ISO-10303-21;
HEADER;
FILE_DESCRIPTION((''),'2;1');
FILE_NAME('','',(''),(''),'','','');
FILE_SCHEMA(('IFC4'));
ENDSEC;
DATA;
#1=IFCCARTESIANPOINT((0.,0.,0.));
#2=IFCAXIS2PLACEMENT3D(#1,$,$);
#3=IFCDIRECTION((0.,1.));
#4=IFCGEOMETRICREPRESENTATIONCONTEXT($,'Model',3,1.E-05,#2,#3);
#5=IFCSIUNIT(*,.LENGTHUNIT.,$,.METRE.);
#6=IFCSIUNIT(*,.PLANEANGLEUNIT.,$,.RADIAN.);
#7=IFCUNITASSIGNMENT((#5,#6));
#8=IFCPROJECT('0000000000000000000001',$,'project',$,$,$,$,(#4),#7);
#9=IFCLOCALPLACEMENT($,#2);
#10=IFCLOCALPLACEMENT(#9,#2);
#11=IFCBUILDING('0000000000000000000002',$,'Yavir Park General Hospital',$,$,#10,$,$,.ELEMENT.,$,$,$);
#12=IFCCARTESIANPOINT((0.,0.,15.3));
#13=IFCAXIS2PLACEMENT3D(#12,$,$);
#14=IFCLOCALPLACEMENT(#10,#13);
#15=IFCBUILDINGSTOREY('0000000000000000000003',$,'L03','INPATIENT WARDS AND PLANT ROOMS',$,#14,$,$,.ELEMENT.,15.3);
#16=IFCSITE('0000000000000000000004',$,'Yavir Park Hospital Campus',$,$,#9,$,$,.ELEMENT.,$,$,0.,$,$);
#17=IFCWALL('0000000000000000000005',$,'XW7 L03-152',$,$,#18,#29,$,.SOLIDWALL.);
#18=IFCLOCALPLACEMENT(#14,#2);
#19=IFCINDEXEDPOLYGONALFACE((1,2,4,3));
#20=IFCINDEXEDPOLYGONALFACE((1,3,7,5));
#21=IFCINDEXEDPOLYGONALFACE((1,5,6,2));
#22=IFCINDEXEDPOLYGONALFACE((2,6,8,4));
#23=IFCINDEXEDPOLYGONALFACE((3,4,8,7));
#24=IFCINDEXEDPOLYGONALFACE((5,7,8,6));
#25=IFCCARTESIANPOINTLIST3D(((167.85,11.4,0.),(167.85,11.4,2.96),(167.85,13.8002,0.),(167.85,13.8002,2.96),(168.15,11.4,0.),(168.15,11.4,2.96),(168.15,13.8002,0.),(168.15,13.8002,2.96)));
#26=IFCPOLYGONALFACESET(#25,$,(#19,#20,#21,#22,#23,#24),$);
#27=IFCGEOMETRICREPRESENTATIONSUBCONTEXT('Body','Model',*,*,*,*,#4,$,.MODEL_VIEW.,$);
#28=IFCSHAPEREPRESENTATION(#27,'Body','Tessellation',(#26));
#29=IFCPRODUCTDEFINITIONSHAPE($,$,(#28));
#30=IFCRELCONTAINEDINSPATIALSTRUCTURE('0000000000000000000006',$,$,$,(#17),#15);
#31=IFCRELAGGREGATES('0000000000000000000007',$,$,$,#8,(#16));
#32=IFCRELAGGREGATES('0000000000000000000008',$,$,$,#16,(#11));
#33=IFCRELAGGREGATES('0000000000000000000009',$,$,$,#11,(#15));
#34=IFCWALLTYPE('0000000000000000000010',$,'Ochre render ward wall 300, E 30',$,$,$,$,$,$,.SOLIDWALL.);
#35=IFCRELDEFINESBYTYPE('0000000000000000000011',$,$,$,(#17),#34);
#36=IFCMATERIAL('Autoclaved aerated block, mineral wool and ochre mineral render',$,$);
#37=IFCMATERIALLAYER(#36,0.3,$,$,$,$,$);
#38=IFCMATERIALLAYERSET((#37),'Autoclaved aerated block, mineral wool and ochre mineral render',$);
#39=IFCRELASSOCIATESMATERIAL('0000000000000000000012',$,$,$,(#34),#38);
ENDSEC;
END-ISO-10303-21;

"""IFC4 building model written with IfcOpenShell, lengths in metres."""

from ifc_helpers import new_model, si_unit, direction, frame, frame_2d, origin, place, context, subcontext, project, spatial, rectangle, extrude, material, layer, layer_set, type_object, element, save


model = new_model("IFC4")

# Units and contexts
model_context = context("Model", 3, precision=1e-05, world=origin(), true_north=direction((0.0, 1.0)))
body_context = subcontext(model_context, "Body", "Model", "MODEL_VIEW")
ifc_project = project(units=[si_unit("LENGTHUNIT", "METRE"), si_unit("PLANEANGLEUNIT", "RADIAN")], contexts=[model_context])

# Site, building, storey
site_placement = place(None, origin())
site = spatial("IfcSite", under=ifc_project, at=site_placement, Name="Yavir Park Hospital Campus", CompositionType="ELEMENT", RefElevation=0.0)
building_placement = place(site_placement, origin())
building = spatial("IfcBuilding", under=site, at=building_placement, Name="Yavir Park General Hospital", CompositionType="ELEMENT")
storey_placement = place(building_placement, frame((0.0, 0.0, 15.3)))
storey = spatial("IfcBuildingStorey", under=building, at=storey_placement, Name="L03", Description="INPATIENT WARDS AND PLANT ROOMS", CompositionType="ELEMENT", Elevation=15.3)

# Shared definitions
ifc_material_1 = material(Name="Autoclaved aerated block, mineral wool and ochre mineral render")
ifc_layer_1 = layer(ifc_material_1, 0.3)
ifc_layer_set_1 = layer_set([ifc_layer_1], Name="Autoclaved aerated block, mineral wool and ochre mineral render")
wall_type_1 = type_object("IfcWallType", Name="Ochre render ward wall 300, E 30", PredefinedType="SOLIDWALL", material=ifc_layer_set_1)

# Wall
wall_1_placement = place(storey_placement, frame((168.0, 11.3999, 0.0), z_axis=(0.0, 0.0, 1.0), x_axis=(0.0, 1.0, 0.0)))
element("IfcWall", 1, at=wall_1_placement, inside=storey, type_object=wall_type_1, Name="XW7 L03-152", PredefinedType="SOLIDWALL", context=body_context, shape_type="SweptSolid", body=[
    extrude(rectangle(XDim=2.4001, YDim=0.3, at=frame_2d((1.2002, 0.0))), origin(), (0.0, 0.0, 1.0), 2.96),
])

save(model, "model.ifc")
